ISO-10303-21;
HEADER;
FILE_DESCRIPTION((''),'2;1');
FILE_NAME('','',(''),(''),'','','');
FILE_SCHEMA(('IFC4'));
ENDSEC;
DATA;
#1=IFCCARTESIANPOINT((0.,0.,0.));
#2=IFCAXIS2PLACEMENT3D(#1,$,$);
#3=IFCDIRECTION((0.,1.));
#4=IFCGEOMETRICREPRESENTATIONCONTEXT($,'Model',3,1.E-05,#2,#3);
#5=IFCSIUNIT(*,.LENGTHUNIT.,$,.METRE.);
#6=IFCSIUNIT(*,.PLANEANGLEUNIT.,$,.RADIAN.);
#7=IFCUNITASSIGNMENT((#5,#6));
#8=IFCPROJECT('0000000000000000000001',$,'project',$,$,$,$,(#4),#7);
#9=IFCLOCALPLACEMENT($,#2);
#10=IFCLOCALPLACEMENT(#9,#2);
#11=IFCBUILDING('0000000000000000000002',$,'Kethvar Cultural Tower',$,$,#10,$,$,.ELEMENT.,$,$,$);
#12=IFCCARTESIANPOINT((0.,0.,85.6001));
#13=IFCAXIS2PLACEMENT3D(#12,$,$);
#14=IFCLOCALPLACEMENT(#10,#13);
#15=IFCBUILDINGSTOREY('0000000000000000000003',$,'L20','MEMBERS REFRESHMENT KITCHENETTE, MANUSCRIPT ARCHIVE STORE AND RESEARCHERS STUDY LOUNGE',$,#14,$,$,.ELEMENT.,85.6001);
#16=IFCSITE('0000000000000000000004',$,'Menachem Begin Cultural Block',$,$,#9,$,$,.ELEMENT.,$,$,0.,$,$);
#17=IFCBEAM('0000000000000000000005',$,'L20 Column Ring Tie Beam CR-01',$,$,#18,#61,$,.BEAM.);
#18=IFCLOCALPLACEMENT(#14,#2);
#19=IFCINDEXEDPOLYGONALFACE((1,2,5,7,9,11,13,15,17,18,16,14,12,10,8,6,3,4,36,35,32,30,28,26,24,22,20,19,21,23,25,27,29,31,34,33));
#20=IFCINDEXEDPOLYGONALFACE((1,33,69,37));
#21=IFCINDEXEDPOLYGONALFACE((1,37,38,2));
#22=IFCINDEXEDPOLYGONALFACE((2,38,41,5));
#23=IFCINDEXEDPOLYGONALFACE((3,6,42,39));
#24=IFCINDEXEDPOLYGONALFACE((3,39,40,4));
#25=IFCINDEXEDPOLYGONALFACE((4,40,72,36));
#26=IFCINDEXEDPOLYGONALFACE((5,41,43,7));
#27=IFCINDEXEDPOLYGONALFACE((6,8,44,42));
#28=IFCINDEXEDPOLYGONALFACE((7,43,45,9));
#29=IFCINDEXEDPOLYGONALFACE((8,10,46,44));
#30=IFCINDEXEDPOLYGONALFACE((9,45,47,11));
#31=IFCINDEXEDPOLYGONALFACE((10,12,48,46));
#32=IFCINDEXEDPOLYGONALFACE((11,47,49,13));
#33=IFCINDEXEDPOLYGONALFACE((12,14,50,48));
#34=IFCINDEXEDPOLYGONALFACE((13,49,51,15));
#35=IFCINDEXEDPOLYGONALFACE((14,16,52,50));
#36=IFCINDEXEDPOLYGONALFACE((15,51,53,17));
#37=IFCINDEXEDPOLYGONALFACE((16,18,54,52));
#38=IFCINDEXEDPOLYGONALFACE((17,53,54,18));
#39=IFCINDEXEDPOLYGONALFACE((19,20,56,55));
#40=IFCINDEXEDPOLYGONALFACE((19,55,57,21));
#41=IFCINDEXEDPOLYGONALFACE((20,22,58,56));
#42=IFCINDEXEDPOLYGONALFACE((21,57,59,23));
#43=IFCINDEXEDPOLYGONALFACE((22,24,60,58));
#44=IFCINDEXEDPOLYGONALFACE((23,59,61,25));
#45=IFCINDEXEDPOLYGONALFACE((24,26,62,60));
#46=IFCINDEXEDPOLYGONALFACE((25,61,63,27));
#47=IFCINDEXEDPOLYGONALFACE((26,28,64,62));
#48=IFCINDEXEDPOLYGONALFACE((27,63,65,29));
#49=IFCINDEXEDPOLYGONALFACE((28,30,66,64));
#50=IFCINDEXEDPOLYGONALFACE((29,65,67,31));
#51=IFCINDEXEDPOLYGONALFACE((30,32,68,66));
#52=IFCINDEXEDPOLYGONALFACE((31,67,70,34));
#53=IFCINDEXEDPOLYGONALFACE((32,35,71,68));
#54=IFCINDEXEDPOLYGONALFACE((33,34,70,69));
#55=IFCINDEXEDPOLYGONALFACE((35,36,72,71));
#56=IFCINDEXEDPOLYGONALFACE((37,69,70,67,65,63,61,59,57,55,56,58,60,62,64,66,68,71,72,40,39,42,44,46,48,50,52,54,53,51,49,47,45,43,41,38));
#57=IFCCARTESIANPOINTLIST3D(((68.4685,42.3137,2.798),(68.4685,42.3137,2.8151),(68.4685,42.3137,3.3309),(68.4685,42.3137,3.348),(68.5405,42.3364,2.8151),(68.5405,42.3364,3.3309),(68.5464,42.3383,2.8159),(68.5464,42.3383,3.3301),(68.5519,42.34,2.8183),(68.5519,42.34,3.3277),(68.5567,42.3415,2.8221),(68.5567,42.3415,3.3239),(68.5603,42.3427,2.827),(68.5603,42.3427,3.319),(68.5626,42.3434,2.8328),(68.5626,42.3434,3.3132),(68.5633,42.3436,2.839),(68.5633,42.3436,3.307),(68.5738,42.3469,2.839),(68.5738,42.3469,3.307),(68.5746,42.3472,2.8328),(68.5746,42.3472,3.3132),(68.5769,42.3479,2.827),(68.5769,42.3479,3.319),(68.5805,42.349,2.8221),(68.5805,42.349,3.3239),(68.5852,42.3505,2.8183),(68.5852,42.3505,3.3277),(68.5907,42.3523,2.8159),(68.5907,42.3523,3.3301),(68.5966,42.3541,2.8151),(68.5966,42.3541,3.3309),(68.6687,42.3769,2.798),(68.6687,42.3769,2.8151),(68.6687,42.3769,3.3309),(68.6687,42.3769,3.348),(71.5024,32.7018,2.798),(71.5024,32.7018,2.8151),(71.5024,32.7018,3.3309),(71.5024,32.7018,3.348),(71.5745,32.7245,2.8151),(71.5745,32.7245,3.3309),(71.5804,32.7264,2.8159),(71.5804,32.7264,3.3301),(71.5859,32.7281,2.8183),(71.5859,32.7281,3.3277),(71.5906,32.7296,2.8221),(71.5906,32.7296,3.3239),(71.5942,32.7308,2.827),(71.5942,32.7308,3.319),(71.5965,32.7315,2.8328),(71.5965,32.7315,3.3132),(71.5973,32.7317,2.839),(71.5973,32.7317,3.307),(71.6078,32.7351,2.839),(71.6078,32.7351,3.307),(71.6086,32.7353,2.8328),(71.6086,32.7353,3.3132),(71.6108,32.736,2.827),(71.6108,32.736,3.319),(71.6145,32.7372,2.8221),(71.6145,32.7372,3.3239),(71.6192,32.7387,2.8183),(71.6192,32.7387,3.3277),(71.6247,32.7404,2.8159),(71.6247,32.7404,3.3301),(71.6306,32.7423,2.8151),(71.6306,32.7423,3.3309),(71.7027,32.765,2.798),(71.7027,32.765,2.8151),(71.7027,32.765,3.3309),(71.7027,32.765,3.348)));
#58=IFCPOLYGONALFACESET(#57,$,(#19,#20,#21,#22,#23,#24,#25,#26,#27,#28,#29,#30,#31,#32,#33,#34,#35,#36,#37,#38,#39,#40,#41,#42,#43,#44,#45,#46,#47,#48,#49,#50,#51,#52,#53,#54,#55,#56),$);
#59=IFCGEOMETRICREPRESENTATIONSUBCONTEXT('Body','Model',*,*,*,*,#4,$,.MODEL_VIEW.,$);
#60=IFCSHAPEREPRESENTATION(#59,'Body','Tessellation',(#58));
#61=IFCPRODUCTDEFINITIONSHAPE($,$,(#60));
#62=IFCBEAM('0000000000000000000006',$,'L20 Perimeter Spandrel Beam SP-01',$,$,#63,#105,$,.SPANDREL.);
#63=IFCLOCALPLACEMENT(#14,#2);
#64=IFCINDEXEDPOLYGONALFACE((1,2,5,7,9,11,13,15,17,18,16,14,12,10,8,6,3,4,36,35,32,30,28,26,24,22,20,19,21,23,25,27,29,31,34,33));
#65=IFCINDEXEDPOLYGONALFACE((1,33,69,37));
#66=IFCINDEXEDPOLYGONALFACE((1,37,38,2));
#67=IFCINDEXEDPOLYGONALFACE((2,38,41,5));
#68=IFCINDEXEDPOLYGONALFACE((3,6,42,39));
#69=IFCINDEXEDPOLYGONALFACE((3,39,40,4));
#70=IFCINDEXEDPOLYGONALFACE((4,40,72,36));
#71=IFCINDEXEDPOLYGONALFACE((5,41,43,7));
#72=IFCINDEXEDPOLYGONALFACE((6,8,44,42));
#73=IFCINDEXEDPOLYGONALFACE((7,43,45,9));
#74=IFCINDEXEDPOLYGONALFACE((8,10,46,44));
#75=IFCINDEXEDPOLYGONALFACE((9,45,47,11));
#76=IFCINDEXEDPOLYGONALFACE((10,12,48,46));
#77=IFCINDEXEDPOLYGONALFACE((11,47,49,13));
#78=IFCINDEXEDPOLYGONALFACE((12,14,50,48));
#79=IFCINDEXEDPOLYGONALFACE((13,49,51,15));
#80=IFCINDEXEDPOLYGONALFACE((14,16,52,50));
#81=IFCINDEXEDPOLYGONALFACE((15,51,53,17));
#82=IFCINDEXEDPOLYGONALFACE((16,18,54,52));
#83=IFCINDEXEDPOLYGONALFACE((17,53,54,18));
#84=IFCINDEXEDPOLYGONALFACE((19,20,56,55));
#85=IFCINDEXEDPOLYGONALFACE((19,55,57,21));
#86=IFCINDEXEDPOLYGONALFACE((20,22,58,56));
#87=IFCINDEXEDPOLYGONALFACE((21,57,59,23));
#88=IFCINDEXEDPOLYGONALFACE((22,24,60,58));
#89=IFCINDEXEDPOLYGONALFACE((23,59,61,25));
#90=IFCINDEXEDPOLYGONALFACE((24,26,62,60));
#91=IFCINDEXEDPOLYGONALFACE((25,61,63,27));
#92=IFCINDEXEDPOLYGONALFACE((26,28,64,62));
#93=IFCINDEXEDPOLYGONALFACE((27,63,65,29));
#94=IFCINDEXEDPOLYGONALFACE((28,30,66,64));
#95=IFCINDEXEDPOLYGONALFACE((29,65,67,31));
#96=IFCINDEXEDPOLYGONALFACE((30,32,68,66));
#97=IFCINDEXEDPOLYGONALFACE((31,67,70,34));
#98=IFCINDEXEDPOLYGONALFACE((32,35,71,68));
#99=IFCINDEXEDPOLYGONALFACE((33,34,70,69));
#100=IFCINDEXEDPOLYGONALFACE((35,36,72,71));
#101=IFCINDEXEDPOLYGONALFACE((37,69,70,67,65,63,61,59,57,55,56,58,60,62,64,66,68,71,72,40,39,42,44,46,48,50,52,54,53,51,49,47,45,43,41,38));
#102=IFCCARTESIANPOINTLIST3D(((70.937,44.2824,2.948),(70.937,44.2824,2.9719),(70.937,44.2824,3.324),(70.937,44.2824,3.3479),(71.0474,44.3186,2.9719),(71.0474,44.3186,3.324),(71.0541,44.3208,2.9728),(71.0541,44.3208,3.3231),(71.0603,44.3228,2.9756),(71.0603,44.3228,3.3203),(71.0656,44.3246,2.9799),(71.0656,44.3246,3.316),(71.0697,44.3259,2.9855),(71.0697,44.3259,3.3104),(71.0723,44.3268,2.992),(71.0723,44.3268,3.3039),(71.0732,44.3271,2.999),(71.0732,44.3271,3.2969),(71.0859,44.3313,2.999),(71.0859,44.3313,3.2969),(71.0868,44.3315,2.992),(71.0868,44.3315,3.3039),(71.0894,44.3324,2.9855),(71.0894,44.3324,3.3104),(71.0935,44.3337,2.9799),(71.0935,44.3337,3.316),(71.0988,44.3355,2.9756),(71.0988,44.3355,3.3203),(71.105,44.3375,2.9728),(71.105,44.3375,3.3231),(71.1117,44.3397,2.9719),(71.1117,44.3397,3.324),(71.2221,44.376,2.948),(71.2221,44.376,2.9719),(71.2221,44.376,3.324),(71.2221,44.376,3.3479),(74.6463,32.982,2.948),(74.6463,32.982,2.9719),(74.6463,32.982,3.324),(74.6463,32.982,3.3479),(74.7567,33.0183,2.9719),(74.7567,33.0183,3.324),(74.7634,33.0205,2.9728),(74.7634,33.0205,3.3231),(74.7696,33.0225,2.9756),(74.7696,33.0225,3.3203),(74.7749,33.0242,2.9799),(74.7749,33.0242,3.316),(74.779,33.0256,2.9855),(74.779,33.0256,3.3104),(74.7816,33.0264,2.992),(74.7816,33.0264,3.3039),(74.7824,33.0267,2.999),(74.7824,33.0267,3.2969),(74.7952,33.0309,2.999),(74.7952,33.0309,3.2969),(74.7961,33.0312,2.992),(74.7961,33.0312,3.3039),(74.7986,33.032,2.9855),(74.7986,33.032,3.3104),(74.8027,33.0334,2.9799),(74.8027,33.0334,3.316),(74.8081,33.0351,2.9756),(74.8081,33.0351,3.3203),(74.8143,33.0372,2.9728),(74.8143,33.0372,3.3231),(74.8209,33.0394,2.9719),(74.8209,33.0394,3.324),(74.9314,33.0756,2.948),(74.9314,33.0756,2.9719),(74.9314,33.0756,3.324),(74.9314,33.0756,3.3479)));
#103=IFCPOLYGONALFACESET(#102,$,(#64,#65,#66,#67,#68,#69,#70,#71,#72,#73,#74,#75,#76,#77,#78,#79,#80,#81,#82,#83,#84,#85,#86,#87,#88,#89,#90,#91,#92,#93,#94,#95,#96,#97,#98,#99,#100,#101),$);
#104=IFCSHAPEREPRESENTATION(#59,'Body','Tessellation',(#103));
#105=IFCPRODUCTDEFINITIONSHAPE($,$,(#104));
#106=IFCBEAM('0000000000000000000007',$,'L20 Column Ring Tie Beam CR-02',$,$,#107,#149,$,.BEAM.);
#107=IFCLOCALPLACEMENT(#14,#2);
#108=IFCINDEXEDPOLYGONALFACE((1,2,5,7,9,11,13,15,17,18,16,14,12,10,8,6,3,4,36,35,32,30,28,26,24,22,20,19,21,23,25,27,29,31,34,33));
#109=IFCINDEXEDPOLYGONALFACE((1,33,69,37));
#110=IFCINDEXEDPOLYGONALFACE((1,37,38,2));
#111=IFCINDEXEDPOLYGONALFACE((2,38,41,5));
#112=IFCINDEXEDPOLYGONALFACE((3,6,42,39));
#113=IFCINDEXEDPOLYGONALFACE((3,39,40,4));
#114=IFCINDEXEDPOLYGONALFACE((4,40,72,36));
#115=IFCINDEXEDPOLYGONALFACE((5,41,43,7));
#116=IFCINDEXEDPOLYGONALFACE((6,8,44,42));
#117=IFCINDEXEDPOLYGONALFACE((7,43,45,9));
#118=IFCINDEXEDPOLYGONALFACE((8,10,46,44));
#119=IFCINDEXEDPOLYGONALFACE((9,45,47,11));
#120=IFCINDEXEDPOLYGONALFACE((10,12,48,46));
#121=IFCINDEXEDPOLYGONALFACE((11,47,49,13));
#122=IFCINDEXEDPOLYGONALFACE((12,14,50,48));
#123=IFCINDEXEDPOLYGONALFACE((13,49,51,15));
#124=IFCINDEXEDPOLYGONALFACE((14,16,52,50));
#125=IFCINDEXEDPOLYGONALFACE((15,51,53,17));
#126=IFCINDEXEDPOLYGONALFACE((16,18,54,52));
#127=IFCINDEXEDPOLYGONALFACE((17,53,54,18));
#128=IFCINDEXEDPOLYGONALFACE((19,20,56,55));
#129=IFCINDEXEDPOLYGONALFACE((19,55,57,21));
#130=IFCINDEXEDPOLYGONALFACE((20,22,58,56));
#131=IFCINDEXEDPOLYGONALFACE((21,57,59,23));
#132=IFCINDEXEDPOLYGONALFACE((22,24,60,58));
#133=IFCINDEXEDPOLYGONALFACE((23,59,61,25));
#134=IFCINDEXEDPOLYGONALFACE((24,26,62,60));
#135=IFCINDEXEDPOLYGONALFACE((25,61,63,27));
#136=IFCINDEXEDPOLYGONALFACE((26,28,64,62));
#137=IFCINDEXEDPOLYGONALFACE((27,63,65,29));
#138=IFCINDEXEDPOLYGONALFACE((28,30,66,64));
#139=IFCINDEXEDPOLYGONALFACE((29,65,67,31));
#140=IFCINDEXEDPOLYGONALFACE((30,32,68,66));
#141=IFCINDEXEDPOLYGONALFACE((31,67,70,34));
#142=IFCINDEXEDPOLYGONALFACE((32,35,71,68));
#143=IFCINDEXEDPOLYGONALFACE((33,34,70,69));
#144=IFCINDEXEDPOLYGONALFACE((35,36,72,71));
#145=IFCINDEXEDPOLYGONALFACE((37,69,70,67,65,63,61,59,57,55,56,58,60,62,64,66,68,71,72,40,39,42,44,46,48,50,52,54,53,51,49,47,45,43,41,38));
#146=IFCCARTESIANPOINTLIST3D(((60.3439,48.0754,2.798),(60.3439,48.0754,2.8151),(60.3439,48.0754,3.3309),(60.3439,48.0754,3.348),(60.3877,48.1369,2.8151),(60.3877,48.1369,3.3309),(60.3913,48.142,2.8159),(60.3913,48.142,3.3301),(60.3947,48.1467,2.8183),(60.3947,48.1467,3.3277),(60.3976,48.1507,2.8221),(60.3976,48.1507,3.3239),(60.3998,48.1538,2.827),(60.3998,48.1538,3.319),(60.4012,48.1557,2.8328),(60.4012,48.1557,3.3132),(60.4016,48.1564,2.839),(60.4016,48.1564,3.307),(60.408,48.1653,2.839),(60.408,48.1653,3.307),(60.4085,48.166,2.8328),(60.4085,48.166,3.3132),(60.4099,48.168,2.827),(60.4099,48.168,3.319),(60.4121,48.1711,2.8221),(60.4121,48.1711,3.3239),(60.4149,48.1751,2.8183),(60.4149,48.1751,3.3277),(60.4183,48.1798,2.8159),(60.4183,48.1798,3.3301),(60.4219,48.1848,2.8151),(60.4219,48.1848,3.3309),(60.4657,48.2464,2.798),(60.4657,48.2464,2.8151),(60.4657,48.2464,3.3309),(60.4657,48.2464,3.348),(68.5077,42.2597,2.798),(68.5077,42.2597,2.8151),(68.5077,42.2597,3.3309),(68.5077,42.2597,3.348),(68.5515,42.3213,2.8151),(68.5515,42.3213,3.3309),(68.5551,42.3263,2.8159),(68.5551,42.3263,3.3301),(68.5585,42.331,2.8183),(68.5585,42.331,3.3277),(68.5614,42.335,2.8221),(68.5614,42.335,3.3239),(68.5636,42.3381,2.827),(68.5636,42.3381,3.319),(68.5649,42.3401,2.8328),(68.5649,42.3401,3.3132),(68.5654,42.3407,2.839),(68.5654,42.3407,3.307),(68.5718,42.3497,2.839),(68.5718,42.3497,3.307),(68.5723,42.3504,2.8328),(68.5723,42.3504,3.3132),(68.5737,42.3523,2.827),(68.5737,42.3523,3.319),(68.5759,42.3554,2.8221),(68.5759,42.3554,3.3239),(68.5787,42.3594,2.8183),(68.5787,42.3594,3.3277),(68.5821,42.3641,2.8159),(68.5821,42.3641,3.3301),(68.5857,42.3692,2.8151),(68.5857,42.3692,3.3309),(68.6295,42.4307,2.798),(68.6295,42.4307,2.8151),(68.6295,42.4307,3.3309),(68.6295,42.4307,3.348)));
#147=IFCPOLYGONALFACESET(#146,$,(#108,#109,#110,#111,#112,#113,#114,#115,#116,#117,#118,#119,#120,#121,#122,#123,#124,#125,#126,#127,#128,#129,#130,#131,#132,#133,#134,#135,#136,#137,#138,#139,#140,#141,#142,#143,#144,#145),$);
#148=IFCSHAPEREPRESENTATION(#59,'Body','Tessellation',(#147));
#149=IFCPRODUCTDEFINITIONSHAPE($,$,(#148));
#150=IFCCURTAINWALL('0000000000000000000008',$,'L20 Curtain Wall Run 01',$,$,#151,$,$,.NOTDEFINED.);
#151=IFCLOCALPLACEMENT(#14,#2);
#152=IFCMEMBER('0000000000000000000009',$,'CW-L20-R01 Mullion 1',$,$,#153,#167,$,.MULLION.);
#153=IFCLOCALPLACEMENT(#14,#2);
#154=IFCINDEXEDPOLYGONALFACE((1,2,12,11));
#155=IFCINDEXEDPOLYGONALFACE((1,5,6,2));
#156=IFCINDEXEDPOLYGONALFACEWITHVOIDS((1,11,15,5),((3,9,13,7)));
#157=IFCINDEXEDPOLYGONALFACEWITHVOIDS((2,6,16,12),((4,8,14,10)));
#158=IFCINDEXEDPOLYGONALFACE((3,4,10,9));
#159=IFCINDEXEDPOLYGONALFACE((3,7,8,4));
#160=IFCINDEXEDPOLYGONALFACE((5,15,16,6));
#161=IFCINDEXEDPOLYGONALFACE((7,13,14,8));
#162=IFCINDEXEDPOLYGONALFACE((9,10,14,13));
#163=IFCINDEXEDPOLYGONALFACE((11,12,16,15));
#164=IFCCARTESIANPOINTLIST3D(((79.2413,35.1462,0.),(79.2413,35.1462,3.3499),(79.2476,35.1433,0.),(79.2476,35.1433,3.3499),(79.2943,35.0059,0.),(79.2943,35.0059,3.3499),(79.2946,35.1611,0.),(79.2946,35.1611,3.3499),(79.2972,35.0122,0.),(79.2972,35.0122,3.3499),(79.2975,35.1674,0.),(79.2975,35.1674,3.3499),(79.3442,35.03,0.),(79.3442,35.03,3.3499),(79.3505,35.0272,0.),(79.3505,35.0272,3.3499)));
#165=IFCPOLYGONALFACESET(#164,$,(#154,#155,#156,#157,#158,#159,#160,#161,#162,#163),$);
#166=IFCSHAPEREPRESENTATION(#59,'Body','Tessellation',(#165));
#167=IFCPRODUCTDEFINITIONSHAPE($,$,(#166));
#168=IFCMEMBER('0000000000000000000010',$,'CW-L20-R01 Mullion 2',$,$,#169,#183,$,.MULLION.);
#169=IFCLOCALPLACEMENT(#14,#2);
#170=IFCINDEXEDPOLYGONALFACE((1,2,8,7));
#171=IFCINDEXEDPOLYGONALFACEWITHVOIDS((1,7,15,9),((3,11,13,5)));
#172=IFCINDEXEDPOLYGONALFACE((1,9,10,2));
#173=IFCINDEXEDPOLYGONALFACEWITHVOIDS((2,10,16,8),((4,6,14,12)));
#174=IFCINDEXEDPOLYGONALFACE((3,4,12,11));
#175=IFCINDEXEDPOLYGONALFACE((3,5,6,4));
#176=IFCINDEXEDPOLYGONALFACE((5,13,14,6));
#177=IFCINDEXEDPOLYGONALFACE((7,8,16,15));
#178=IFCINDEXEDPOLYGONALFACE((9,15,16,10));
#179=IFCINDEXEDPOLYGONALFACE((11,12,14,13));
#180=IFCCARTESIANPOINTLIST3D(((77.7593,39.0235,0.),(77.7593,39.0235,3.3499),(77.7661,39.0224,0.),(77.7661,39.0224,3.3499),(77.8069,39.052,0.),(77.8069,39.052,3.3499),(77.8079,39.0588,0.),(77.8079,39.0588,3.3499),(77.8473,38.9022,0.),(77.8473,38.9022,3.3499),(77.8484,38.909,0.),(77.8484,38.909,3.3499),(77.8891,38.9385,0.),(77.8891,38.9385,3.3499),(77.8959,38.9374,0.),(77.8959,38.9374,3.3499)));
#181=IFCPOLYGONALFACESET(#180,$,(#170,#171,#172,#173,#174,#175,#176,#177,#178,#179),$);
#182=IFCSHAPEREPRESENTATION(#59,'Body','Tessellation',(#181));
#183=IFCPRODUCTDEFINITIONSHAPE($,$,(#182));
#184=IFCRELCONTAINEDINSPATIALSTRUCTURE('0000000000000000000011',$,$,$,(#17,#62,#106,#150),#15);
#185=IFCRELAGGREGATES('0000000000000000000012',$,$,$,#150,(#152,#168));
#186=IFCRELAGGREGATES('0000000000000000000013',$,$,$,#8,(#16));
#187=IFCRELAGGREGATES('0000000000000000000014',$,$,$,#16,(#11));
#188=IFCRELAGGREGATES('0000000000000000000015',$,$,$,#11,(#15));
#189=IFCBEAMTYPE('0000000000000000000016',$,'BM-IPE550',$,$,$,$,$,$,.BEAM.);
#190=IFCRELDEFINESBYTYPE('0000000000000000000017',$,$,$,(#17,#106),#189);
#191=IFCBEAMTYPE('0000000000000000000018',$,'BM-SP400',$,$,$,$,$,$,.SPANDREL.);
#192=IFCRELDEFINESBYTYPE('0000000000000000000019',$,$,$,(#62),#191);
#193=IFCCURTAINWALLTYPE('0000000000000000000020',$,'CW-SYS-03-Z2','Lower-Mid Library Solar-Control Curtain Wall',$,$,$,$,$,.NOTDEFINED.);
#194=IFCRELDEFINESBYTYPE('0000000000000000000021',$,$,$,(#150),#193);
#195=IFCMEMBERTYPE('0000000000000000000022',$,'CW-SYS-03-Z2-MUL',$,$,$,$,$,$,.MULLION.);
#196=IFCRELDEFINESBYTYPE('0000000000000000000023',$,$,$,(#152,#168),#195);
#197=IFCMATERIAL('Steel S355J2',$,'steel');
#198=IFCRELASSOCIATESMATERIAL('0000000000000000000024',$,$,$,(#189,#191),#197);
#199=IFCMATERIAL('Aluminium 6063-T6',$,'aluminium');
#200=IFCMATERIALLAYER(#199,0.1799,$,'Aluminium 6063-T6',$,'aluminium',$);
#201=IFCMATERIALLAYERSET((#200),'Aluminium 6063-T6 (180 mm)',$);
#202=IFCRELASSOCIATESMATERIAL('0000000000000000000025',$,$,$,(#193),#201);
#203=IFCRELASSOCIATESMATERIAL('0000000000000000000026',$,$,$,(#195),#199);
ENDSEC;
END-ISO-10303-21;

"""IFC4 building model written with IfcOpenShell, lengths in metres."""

from ifc_helpers import new_model, si_unit, direction, frame, origin, origin_2d, place, context, subcontext, project, spatial, hollow_rectangle, i_section, extrude, source, transform, mapped, material, layer, layer_set, material_profile, profile_set, type_object, element, aggregate, save


model = new_model("IFC4")

# Units and contexts
model_context = context("Model", 3, precision=1e-05, world=origin(), true_north=direction((0.0, 1.0)))
body_context = subcontext(model_context, "Body", "Model", "MODEL_VIEW")
ifc_project = project(units=[si_unit("LENGTHUNIT", "METRE"), si_unit("PLANEANGLEUNIT", "RADIAN")], contexts=[model_context])

# Site, building, storey
site_placement = place(None, origin())
site = spatial("IfcSite", under=ifc_project, at=site_placement, Name="Menachem Begin Cultural Block", CompositionType="ELEMENT", RefElevation=0.0)
building_placement = place(site_placement, origin())
building = spatial("IfcBuilding", under=site, at=building_placement, Name="Kethvar Cultural Tower", CompositionType="ELEMENT")
storey_placement = place(building_placement, frame((0.0, 0.0, 85.6001)))
storey = spatial("IfcBuildingStorey", under=building, at=storey_placement, Name="L20", Description="MEMBERS REFRESHMENT KITCHENETTE, MANUSCRIPT ARCHIVE STORE AND RESEARCHERS STUDY LOUNGE", CompositionType="ELEMENT", Elevation=85.6001)

# Beams
ifc_material_1 = material(Name="Steel S355J2", Category="steel")
ifc_material_profile_1 = material_profile(ifc_material_1, i_section(OverallWidth=0.21, OverallDepth=0.55, WebThickness=0.011, FlangeThickness=0.0171, FilletRadius=0.0239, at=origin_2d()), Name="Steel S355J2 — IPE550")
ifc_profile_set_1 = profile_set([ifc_material_profile_1], Name="Steel S355J2 — IPE550")
beam_type_1 = type_object("IfcBeamType", Name="BM-IPE550", PredefinedType="BEAM", material=ifc_profile_set_1)
shared_shape_1 = source(origin(), body_context, "Body", "SweptSolid", [
    extrude(i_section(OverallWidth=0.21, OverallDepth=0.55, WebThickness=0.011, FlangeThickness=0.0171, FilletRadius=0.0239, at=origin_2d()), origin(), (0.0, 0.0, 1.0), 10.0793),
])
beam_1_placement = place(storey_placement, frame((71.6025, 32.7334, 3.073), z_axis=(-0.301007, 0.953622, 0.0), x_axis=(-0.953622, -0.301007, 0.0)))
element("IfcBeam", 1, at=beam_1_placement, inside=storey, type_object=beam_type_1, Name="L20 Column Ring Tie Beam CR-01", PredefinedType="BEAM", context=body_context, shape_type="MappedRepresentation", body=[
    mapped(shared_shape_1, transform((0.0, 0.0, 0.0), scale=1.0)),
])
ifc_material_profile_2 = material_profile(ifc_material_1, i_section(OverallWidth=0.3, OverallDepth=0.3999, WebThickness=0.0134, FlangeThickness=0.0239, FilletRadius=0.0271, at=origin_2d()), Name="Steel S355J2 — HEB400")
ifc_profile_set_2 = profile_set([ifc_material_profile_2], Name="Steel S355J2 — HEB400")
beam_type_2 = type_object("IfcBeamType", Name="BM-SP400", PredefinedType="SPANDREL", material=ifc_profile_set_2)
shared_shape_2 = source(origin(), body_context, "Body", "SweptSolid", [
    extrude(i_section(OverallWidth=0.3, OverallDepth=0.3999, WebThickness=0.0134, FlangeThickness=0.0239, FilletRadius=0.0271, at=origin_2d()), origin(), (0.0, 0.0, 1.0), 11.8936),
])
beam_2_placement = place(storey_placement, frame((74.7888, 33.0288, 3.1479), z_axis=(-0.311871, 0.950125, 0.0), x_axis=(-0.950125, -0.311871, 0.0)))
element("IfcBeam", 2, at=beam_2_placement, inside=storey, type_object=beam_type_2, Name="L20 Perimeter Spandrel Beam SP-01", PredefinedType="SPANDREL", context=body_context, shape_type="MappedRepresentation", body=[
    mapped(shared_shape_2, transform((0.0, 0.0, 0.0), scale=1.0)),
])
shared_shape_3 = source(origin(), body_context, "Body", "SweptSolid", [
    extrude(i_section(OverallWidth=0.21, OverallDepth=0.55, WebThickness=0.011, FlangeThickness=0.0171, FilletRadius=0.0239, at=origin_2d()), origin(), (0.0, 0.0, 1.0), 10.0234),
])
beam_3_placement = place(storey_placement, frame((68.5686, 42.3452, 3.073), z_axis=(-0.81447, 0.580206, 0.0), x_axis=(-0.580206, -0.81447, 0.0)))
element("IfcBeam", 3, at=beam_3_placement, inside=storey, type_object=beam_type_1, Name="L20 Column Ring Tie Beam CR-02", PredefinedType="BEAM", context=body_context, shape_type="MappedRepresentation", body=[
    mapped(shared_shape_3, transform((0.0, 0.0, 0.0), scale=1.0)),
])

# Curtain wall, members
ifc_material_2 = material(Name="Aluminium 6063-T6", Category="aluminium")
ifc_layer_1 = layer(ifc_material_2, 0.1799, Name="Aluminium 6063-T6", Category="aluminium")
ifc_layer_set_1 = layer_set([ifc_layer_1], Name="Aluminium 6063-T6 (180 mm)")
curtain_wall_type = type_object("IfcCurtainWallType", Name="CW-SYS-03-Z2", Description="Lower-Mid Library Solar-Control Curtain Wall", PredefinedType="NOTDEFINED", material=ifc_layer_set_1)
curtain_wall_1_placement = place(storey_placement, origin())
curtain_wall_1 = element("IfcCurtainWall", 4, at=curtain_wall_1_placement, inside=storey, type_object=curtain_wall_type, Name="L20 Curtain Wall Run 01", PredefinedType="NOTDEFINED")
ifc_material_profile_3 = material_profile(ifc_material_2, hollow_rectangle(XDim=0.0601, YDim=0.1499, WallThickness=0.0049, at=origin_2d()), Name="Aluminium 6063-T6 — RHS150x60x5")
ifc_profile_set_3 = profile_set([ifc_material_profile_3], Name="Aluminium 6063-T6 — RHS150x60x5")
member_type_1 = type_object("IfcMemberType", Name="CW-SYS-03-Z2-MUL", PredefinedType="MULLION", material=ifc_profile_set_3)
shared_shape_4 = source(origin(), body_context, "Body", "SweptSolid", [
    extrude(hollow_rectangle(XDim=0.0601, YDim=0.1499, WallThickness=0.0049, at=origin_2d()), origin(), (0.0, 0.0, 1.0), 3.3499),
])
member_1_placement = place(storey_placement, frame((79.2959, 35.0867, 0.0), z_axis=(0.0, 0.0, 1.0), x_axis=(-0.935351, -0.35372, 0.0)))
member_1 = element("IfcMember", 5, at=member_1_placement, type_object=member_type_1, Name="CW-L20-R01 Mullion 1", PredefinedType="MULLION", context=body_context, shape_type="MappedRepresentation", body=[
    mapped(shared_shape_4, transform((0.0, 0.0, 0.0), scale=1.0)),
])
member_2_placement = place(storey_placement, frame((77.8276, 38.9805, 0.0), z_axis=(0.0, 0.0, 1.0), x_axis=(-0.809519, -0.587093, 0.0)))
member_2 = element("IfcMember", 6, at=member_2_placement, type_object=member_type_1, Name="CW-L20-R01 Mullion 2", PredefinedType="MULLION", context=body_context, shape_type="MappedRepresentation", body=[
    mapped(shared_shape_4, transform((0.0, 0.0, 0.0), scale=1.0)),
])

aggregate(curtain_wall_1, [member_1, member_2])

save(model, "model.ifc")
